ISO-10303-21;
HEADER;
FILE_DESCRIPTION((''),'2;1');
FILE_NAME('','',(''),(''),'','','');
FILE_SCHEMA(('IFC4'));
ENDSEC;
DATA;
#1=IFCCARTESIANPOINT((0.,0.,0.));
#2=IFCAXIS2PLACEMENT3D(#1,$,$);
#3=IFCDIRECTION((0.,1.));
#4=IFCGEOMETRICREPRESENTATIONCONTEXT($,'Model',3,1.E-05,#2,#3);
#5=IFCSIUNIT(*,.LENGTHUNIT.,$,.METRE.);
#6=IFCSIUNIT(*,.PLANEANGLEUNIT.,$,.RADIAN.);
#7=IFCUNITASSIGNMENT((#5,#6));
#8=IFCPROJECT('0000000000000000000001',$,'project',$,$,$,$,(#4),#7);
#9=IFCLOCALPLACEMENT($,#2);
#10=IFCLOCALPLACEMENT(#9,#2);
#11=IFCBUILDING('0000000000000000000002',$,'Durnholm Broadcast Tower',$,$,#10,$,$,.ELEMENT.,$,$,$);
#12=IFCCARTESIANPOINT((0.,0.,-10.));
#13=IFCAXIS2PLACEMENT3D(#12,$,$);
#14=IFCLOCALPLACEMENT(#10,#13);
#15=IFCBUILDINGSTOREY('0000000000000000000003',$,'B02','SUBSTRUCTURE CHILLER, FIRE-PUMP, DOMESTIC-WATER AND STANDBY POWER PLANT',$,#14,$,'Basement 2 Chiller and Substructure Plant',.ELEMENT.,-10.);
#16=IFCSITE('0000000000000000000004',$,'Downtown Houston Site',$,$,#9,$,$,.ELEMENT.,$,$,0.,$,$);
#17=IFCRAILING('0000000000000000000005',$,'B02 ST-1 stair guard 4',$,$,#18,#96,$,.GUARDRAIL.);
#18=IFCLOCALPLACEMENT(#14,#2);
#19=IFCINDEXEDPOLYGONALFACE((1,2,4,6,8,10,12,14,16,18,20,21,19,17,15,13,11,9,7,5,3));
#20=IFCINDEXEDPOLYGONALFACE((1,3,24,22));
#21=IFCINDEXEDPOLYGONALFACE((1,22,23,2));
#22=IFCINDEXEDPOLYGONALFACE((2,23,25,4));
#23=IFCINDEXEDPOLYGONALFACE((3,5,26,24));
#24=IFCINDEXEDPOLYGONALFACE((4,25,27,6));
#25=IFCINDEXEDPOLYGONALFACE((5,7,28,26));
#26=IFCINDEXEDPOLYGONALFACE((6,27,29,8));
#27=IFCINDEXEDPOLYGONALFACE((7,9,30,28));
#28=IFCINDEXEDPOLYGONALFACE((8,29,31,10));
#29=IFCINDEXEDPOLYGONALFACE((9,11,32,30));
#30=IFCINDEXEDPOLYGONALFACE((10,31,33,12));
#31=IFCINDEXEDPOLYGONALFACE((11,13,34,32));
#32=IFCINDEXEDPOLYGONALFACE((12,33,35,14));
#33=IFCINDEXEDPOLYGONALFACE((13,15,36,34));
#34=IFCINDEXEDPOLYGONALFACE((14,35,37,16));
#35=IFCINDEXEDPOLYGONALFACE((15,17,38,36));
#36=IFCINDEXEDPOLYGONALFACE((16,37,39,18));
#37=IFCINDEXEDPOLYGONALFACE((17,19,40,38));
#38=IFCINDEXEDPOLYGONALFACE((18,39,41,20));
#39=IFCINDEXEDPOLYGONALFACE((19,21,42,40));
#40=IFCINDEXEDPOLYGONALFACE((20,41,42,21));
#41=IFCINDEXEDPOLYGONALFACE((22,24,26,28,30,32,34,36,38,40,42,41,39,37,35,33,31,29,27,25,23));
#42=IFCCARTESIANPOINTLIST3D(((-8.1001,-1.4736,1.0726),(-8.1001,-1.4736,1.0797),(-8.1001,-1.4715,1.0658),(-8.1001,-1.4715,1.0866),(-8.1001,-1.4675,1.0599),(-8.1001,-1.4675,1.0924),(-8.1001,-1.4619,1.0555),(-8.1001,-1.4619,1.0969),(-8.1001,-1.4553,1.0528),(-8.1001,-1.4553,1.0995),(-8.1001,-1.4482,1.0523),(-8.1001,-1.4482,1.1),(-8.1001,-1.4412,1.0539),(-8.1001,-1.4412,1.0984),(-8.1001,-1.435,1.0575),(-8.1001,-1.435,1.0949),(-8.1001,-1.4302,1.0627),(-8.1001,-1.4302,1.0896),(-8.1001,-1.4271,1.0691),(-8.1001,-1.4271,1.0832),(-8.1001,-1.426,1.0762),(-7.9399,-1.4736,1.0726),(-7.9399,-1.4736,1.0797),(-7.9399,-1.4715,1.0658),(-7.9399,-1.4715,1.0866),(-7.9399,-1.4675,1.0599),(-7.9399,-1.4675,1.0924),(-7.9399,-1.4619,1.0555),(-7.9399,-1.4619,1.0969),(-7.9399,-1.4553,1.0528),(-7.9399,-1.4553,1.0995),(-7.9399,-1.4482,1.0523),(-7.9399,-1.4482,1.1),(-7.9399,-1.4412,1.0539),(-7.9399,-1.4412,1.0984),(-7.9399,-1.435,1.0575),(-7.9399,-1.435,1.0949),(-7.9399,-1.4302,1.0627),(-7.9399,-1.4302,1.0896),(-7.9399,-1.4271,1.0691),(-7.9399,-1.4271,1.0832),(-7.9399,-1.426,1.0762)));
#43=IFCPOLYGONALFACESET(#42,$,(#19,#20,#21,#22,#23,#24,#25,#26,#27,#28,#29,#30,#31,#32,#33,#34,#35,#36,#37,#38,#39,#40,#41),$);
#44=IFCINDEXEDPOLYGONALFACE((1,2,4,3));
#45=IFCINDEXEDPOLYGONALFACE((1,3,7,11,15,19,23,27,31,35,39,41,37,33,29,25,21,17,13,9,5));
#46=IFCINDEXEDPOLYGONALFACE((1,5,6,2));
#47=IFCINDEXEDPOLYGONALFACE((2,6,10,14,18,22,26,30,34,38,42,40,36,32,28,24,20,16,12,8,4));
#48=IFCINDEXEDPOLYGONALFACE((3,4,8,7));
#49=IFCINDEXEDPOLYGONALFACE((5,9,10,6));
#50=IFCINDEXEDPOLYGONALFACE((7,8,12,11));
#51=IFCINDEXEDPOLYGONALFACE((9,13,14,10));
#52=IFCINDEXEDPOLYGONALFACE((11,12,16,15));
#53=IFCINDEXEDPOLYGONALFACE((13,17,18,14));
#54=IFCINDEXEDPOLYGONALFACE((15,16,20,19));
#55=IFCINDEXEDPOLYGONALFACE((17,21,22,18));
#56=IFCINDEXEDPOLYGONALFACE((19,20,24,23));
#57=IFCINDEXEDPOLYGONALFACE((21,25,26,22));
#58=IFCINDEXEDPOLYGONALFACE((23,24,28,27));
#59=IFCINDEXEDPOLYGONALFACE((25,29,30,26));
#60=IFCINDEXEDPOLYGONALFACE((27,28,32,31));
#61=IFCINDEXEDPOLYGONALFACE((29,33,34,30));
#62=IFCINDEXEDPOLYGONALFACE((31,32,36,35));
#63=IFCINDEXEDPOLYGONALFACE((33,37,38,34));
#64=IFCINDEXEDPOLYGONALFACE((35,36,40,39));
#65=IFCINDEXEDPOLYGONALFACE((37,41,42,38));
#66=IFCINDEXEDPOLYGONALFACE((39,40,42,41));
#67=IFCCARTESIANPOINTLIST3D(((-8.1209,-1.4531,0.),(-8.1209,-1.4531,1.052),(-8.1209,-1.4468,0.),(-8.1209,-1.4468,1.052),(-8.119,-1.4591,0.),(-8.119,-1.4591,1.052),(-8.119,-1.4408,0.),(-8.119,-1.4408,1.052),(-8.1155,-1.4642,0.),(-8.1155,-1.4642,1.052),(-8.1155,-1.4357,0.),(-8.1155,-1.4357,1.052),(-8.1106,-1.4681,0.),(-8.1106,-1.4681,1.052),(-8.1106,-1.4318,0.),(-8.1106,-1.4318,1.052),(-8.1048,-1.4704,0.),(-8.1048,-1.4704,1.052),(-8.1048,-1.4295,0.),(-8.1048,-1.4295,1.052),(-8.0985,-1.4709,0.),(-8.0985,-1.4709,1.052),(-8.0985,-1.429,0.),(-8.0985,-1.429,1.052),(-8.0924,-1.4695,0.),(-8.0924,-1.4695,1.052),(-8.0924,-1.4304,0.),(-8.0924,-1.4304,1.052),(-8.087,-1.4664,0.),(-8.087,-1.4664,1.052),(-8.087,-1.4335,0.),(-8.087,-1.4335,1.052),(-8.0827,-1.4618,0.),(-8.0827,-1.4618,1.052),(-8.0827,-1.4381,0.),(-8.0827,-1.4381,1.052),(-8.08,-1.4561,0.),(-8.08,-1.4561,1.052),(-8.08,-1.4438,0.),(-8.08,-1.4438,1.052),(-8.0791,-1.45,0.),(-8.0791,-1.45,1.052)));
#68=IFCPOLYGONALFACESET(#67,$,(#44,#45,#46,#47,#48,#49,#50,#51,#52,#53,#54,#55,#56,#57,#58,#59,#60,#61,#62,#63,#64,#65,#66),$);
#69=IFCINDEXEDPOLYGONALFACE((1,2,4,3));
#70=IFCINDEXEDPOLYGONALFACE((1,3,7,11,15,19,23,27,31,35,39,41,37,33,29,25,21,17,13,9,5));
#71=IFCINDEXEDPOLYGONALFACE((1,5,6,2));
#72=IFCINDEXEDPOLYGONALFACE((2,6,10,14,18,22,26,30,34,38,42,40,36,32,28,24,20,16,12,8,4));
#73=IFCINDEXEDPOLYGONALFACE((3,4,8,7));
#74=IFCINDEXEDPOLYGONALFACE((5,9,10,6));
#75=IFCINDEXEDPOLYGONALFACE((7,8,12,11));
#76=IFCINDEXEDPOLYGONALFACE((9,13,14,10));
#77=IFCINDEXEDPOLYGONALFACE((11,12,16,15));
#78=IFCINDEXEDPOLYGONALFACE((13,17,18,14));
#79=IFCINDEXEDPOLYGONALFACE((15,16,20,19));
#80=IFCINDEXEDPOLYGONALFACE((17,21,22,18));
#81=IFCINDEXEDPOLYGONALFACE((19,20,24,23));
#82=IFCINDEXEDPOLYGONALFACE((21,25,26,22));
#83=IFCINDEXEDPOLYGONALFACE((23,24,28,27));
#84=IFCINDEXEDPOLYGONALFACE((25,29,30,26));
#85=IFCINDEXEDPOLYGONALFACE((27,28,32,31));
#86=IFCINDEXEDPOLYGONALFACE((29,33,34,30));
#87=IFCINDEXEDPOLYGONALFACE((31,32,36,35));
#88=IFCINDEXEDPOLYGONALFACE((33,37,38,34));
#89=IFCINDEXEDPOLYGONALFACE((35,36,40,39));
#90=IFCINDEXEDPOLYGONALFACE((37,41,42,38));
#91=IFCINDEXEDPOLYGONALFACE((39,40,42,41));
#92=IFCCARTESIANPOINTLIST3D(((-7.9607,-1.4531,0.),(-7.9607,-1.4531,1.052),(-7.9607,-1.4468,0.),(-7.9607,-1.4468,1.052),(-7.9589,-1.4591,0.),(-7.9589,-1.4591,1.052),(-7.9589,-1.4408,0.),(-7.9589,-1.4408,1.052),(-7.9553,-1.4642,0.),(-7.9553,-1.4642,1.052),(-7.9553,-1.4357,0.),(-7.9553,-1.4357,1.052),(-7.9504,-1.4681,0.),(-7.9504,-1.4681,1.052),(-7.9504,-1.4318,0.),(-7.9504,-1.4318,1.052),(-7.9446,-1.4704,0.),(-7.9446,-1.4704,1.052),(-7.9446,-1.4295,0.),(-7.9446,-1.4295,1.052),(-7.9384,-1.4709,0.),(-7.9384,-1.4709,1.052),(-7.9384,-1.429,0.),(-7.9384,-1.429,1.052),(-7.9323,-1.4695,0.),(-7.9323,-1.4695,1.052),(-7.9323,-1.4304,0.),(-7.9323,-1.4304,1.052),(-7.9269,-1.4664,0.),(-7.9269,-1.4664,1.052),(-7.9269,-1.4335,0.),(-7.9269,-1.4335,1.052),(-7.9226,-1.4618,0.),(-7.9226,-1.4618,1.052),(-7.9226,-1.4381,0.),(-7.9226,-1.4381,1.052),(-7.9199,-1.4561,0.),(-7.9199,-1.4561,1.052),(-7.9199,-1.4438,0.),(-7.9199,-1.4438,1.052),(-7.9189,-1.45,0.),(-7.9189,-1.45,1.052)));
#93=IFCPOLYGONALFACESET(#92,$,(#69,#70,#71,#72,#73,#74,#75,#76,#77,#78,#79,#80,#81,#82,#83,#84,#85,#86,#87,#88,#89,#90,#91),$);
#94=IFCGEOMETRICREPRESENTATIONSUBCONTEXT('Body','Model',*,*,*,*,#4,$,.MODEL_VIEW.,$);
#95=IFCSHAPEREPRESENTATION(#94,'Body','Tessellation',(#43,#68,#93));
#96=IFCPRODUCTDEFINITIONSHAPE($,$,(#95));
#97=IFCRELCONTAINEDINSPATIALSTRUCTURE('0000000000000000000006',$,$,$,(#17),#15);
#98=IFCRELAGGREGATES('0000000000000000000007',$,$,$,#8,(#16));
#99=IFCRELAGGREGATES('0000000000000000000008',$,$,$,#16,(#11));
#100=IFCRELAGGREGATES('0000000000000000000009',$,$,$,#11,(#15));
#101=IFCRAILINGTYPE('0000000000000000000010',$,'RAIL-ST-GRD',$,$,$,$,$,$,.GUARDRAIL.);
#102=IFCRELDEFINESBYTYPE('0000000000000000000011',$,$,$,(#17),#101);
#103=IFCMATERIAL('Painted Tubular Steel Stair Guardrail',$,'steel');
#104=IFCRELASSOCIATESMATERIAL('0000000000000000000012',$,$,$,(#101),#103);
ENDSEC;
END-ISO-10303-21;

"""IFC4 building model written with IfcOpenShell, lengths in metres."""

from ifc_helpers import new_model, si_unit, direction, frame, origin, origin_2d, place, context, subcontext, project, spatial, circle, extrude, material, type_object, element, save


model = new_model("IFC4")

# Units and contexts
model_context = context("Model", 3, precision=1e-05, world=origin(), true_north=direction((0.0, 1.0)))
body_context = subcontext(model_context, "Body", "Model", "MODEL_VIEW")
ifc_project = project(units=[si_unit("LENGTHUNIT", "METRE"), si_unit("PLANEANGLEUNIT", "RADIAN")], contexts=[model_context])

# Site, building, storey
site_placement = place(None, origin())
site = spatial("IfcSite", under=ifc_project, at=site_placement, Name="Downtown Houston Site", CompositionType="ELEMENT", RefElevation=0.0)
building_placement = place(site_placement, origin())
building = spatial("IfcBuilding", under=site, at=building_placement, Name="Durnholm Broadcast Tower", CompositionType="ELEMENT")
storey_placement = place(building_placement, frame((0.0, 0.0, -10.0)))
storey = spatial("IfcBuildingStorey", under=building, at=storey_placement, Name="B02", Description="SUBSTRUCTURE CHILLER, FIRE-PUMP, DOMESTIC-WATER AND STANDBY POWER PLANT", LongName="Basement 2 Chiller and Substructure Plant", CompositionType="ELEMENT", Elevation=-10.0)

# Railing
ifc_material_1 = material(Name="Painted Tubular Steel Stair Guardrail", Category="steel")
railing_type_1 = type_object("IfcRailingType", Name="RAIL-ST-GRD", PredefinedType="GUARDRAIL", material=ifc_material_1)
railing_1_placement = place(storey_placement, frame((-8.1001, -1.45, 0.0)))
element("IfcRailing", 1, at=railing_1_placement, inside=storey, type_object=railing_type_1, Name="B02 ST-1 stair guard 4", PredefinedType="GUARDRAIL", context=body_context, shape_type="SweptSolid", body=[
    extrude(circle(Radius=0.0239, at=origin_2d()), frame((0.0, 0.0, 1.0762), z_axis=(1.0, 0.0, 0.0), x_axis=(0.0, 1.0, 0.0)), (0.0, 0.0, 1.0), 0.1602),
    extrude(circle(Radius=0.021, at=origin_2d()), origin(), (0.0, 0.0, 1.0), 1.052),
    extrude(circle(Radius=0.021, at=origin_2d()), frame((0.1602, 0.0, 0.0)), (0.0, 0.0, 1.0), 1.052),
])

save(model, "model.ifc")
